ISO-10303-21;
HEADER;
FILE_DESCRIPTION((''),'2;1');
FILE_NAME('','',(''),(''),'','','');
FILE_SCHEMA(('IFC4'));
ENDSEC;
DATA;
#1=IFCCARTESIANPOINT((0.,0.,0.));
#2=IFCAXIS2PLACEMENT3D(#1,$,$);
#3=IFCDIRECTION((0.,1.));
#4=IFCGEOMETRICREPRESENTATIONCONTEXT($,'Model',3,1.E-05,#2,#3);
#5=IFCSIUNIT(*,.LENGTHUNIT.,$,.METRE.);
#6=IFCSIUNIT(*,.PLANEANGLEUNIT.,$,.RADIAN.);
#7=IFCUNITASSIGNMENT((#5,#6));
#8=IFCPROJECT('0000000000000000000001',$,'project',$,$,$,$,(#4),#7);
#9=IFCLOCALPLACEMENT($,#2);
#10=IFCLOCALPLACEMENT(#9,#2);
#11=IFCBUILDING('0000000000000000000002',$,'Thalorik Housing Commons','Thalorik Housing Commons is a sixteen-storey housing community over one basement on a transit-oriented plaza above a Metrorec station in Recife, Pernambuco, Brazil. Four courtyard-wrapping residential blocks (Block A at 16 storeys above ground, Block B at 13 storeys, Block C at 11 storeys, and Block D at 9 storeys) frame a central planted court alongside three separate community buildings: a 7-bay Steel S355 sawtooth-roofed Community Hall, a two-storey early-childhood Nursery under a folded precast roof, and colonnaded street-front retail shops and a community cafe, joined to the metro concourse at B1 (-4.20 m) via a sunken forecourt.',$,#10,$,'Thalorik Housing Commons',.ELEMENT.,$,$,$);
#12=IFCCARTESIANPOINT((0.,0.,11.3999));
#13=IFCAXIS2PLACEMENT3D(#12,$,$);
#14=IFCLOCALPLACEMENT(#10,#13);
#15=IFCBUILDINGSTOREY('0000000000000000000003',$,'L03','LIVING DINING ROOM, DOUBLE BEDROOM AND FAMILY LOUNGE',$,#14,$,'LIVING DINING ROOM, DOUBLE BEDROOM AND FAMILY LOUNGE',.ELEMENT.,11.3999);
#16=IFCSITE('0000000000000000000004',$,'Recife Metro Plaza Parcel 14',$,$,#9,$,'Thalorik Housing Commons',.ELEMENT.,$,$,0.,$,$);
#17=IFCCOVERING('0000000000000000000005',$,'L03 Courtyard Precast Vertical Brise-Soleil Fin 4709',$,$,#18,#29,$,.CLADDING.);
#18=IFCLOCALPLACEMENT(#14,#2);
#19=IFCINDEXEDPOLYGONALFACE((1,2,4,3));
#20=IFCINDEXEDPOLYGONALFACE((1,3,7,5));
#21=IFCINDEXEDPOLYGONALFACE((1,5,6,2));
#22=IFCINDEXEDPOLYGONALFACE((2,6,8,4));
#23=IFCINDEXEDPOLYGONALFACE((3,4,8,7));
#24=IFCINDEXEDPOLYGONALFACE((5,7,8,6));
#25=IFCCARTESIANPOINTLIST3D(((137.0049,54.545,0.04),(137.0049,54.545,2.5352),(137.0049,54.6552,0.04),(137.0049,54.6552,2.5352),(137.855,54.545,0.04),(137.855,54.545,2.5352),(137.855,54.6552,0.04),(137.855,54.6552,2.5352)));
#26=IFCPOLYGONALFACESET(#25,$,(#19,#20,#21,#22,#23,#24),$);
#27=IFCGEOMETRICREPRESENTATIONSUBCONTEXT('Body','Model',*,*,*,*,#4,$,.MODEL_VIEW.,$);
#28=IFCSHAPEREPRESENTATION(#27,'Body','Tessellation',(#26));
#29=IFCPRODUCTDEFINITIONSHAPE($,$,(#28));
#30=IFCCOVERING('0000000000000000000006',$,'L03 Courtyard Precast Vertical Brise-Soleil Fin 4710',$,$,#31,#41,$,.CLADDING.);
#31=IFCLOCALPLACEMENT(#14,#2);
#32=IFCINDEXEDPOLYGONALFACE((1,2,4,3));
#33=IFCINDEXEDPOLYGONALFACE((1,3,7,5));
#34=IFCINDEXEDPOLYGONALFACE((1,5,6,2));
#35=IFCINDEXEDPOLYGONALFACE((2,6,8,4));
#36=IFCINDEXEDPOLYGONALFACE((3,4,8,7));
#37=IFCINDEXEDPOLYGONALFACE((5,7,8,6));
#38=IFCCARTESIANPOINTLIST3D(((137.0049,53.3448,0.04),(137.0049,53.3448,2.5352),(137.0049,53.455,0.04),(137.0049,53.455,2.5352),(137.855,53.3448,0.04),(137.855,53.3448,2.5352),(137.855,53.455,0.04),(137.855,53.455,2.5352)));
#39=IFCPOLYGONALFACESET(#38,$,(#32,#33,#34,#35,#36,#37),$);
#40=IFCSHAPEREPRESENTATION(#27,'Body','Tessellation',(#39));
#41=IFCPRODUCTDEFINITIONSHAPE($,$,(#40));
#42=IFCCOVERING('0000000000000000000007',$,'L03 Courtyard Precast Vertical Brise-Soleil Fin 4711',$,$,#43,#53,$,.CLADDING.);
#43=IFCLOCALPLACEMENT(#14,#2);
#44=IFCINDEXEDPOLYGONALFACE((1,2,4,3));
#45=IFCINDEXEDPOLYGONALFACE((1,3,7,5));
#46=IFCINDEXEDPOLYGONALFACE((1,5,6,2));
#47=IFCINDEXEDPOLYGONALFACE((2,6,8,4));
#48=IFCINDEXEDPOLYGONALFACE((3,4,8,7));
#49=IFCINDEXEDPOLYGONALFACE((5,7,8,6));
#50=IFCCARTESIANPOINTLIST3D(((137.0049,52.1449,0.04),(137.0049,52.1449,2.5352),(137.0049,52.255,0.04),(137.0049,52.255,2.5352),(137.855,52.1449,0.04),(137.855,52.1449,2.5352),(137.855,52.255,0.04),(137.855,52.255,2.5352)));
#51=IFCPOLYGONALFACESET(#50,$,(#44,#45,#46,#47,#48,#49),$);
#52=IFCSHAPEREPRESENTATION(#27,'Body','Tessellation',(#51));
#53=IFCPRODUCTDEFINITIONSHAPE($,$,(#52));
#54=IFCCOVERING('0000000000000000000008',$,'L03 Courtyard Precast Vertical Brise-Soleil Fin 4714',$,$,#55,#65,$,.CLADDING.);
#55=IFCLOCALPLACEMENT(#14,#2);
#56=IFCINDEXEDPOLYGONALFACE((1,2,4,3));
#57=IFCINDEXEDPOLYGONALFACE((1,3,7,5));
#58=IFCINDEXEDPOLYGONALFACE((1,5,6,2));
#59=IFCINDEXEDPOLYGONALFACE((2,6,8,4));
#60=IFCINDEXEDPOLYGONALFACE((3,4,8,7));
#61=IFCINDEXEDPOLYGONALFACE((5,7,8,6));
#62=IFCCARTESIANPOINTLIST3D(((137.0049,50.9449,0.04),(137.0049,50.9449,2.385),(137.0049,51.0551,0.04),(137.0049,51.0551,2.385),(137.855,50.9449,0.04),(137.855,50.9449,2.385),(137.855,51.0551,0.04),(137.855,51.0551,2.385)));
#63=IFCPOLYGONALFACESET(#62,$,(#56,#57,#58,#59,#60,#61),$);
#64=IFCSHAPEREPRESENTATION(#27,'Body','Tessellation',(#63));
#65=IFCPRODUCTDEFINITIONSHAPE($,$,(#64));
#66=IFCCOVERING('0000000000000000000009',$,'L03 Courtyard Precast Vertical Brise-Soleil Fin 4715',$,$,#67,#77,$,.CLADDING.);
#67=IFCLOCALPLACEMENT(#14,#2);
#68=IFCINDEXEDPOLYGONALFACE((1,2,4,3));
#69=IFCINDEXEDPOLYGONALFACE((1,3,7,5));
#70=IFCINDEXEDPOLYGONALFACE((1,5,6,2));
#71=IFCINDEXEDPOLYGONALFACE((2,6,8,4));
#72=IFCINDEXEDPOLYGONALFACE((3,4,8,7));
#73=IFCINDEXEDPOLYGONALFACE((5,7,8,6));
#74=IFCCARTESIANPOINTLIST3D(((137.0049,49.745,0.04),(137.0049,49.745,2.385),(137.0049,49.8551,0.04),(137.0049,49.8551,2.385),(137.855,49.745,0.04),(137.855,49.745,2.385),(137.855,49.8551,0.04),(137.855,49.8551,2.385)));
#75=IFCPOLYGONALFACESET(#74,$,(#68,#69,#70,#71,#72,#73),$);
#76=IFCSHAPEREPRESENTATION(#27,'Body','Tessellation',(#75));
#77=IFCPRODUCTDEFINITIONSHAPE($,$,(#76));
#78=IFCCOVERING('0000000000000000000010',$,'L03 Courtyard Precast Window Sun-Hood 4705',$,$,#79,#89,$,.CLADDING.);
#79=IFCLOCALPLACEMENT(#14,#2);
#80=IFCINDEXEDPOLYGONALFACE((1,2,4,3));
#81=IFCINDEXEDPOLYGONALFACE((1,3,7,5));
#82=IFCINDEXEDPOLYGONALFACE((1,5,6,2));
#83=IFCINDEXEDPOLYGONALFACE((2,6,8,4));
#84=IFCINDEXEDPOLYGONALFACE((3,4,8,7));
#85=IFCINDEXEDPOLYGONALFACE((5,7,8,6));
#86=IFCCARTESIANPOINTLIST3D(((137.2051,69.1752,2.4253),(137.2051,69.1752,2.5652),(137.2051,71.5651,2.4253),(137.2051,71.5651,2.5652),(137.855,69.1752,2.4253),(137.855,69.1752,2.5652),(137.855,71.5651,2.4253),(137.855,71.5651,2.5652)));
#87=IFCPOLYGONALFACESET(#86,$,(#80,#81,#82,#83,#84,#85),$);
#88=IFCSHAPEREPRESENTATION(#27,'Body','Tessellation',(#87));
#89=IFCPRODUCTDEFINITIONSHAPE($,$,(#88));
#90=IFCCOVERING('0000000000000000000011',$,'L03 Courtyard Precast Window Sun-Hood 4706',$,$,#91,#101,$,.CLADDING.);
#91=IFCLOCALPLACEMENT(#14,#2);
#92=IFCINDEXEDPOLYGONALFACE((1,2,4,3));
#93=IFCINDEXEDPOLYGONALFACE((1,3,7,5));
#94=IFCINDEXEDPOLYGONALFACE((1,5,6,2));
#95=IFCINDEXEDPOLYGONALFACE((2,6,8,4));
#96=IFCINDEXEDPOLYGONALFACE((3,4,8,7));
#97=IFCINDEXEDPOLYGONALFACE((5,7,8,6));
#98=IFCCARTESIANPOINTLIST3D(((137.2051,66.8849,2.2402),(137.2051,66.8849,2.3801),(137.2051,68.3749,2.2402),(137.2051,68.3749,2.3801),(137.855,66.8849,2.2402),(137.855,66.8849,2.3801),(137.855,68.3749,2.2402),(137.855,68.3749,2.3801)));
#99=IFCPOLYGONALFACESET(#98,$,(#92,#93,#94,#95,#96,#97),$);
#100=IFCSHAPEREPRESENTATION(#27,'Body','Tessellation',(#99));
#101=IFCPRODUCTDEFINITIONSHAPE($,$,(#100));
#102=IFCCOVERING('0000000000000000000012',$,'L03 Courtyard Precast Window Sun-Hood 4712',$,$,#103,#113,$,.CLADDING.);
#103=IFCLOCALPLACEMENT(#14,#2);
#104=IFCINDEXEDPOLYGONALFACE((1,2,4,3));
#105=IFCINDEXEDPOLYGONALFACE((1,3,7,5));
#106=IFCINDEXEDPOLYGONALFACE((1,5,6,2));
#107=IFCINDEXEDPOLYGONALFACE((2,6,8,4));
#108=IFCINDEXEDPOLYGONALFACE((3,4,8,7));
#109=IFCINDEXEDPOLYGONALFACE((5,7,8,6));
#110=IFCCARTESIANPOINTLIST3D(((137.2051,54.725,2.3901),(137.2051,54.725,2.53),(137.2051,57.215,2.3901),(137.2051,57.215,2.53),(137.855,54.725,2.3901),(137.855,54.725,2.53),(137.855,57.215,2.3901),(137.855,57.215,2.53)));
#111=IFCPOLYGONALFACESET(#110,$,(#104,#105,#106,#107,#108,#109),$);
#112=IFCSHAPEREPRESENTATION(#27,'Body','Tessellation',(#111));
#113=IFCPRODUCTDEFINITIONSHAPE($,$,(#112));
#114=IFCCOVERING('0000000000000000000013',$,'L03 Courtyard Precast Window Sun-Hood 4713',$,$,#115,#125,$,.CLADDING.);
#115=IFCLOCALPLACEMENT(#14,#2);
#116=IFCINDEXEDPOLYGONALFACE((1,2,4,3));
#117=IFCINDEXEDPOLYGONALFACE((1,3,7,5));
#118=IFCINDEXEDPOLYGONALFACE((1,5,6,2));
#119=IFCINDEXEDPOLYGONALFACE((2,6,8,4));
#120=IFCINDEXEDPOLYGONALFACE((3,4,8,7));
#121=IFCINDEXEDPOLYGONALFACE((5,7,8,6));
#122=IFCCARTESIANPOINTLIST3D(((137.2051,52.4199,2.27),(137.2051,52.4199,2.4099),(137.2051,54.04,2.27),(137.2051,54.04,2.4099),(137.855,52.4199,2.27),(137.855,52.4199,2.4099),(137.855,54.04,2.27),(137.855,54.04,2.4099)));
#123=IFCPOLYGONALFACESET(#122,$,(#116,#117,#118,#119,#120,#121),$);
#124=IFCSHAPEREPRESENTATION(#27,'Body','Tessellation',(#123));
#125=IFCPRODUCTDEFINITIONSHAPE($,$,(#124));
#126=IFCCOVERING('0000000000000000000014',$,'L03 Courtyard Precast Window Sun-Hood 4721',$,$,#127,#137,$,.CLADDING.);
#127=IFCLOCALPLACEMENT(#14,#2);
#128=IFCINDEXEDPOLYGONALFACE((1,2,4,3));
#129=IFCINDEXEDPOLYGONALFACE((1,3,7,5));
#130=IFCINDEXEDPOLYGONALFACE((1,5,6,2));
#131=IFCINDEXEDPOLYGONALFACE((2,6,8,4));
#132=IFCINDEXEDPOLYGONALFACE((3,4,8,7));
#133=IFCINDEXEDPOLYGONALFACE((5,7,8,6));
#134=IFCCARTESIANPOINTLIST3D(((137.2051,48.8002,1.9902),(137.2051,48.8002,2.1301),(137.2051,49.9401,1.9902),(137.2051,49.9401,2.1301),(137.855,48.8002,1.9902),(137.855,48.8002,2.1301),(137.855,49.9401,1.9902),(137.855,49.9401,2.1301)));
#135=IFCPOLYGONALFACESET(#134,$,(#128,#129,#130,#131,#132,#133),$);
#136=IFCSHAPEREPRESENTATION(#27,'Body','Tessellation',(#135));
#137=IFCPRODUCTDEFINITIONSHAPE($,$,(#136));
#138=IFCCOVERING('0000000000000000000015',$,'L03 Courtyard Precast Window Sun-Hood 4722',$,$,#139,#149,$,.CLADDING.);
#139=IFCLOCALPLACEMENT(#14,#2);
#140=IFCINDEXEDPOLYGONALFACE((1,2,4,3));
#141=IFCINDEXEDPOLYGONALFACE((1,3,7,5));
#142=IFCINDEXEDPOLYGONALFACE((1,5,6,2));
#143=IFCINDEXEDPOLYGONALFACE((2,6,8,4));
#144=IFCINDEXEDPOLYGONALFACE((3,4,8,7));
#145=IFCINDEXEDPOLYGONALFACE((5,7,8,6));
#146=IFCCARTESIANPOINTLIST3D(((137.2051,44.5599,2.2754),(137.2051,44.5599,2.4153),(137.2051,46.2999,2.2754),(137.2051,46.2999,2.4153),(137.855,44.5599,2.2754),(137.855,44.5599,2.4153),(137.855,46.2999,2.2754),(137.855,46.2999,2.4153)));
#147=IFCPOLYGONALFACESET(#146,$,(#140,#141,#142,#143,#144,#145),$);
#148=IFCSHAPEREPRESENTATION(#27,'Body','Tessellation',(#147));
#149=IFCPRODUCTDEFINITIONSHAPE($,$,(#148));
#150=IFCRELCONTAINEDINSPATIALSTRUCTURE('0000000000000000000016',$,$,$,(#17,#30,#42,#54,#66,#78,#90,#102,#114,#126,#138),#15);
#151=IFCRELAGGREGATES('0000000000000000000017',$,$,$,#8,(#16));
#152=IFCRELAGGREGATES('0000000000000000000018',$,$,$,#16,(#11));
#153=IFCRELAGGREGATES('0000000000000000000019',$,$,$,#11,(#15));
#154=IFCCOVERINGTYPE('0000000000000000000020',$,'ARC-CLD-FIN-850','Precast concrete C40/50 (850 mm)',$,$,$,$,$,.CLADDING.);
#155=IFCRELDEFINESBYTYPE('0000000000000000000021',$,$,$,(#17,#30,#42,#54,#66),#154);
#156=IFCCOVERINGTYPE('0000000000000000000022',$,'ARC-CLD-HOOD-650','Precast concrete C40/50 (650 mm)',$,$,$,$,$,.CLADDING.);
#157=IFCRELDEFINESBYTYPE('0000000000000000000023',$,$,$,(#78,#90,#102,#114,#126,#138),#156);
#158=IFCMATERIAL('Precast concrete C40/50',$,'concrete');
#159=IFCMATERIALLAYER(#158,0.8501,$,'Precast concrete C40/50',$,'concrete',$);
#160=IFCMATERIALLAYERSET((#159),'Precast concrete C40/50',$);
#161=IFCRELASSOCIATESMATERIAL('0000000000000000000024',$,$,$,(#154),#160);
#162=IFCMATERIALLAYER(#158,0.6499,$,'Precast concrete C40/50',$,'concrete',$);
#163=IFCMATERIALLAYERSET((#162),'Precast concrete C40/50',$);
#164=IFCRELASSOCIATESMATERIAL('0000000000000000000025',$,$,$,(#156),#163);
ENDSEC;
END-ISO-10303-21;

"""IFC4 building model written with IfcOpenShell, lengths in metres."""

from ifc_helpers import new_model, si_unit, direction, frame, origin, origin_2d, place, context, subcontext, project, spatial, rectangle, extrude, material, layer, layer_set, type_object, element, save


model = new_model("IFC4")

# Units and contexts
model_context = context("Model", 3, precision=1e-05, world=origin(), true_north=direction((0.0, 1.0)))
body_context = subcontext(model_context, "Body", "Model", "MODEL_VIEW")
ifc_project = project(units=[si_unit("LENGTHUNIT", "METRE"), si_unit("PLANEANGLEUNIT", "RADIAN")], contexts=[model_context])

# Site, building, storey
site_placement = place(None, origin())
site = spatial("IfcSite", under=ifc_project, at=site_placement, Name="Recife Metro Plaza Parcel 14", LongName="Thalorik Housing Commons", CompositionType="ELEMENT", RefElevation=0.0)
building_placement = place(site_placement, origin())
building = spatial("IfcBuilding", under=site, at=building_placement, Name="Thalorik Housing Commons", Description="Thalorik Housing Commons is a sixteen-storey housing community over one basement on a transit-oriented plaza above a Metrorec station in Recife, Pernambuco, Brazil. Four courtyard-wrapping residential blocks (Block A at 16 storeys above ground, Block B at 13 storeys, Block C at 11 storeys, and Block D at 9 storeys) frame a central planted court alongside three separate community buildings: a 7-bay Steel S355 sawtooth-roofed Community Hall, a two-storey early-childhood Nursery under a folded precast roof, and colonnaded street-front retail shops and a community cafe, joined to the metro concourse at B1 (-4.20 m) via a sunken forecourt.", LongName="Thalorik Housing Commons", CompositionType="ELEMENT")
storey_placement = place(building_placement, frame((0.0, 0.0, 11.3999)))
storey = spatial("IfcBuildingStorey", under=building, at=storey_placement, Name="L03", Description="LIVING DINING ROOM, DOUBLE BEDROOM AND FAMILY LOUNGE", LongName="LIVING DINING ROOM, DOUBLE BEDROOM AND FAMILY LOUNGE", CompositionType="ELEMENT", Elevation=11.3999)

# Shared definitions
ifc_material_1 = material(Name="Precast concrete C40/50", Category="concrete")

# Coverings
ifc_layer_1 = layer(ifc_material_1, 0.8501, Name="Precast concrete C40/50", Category="concrete")
ifc_layer_set_1 = layer_set([ifc_layer_1], Name="Precast concrete C40/50")
covering_type_1 = type_object("IfcCoveringType", Name="ARC-CLD-FIN-850", Description="Precast concrete C40/50 (850 mm)", PredefinedType="CLADDING", material=ifc_layer_set_1)
for number, where, z_axis, x_axis, name in (
    (1, (137.4299, 54.6001, 0.04), (0.0, 0.0, 1.0), (0.0, -1.0, 0.0), "L03 Courtyard Precast Vertical Brise-Soleil Fin 4709"),
    (2, (137.4299, 53.3999, 0.04), (0.0, 0.0, 1.0), (0.0, -1.0, 0.0), "L03 Courtyard Precast Vertical Brise-Soleil Fin 4710"),
    (3, (137.4299, 52.2, 0.04), (0.0, 0.0, 1.0), (0.0, -1.0, 0.0), "L03 Courtyard Precast Vertical Brise-Soleil Fin 4711"),
):
    element("IfcCovering", number, at=place(storey_placement, frame(where, z_axis=z_axis, x_axis=x_axis)), inside=storey, type_object=covering_type_1, Name=name, PredefinedType="CLADDING", context=body_context, shape_type="SweptSolid", body=[
        extrude(rectangle(XDim=0.1101, YDim=0.8501, at=origin_2d()), origin(), (0.0, 0.0, 1.0), 2.4951),
    ])
for number, where, z_axis, x_axis, name in (
    (4, (137.4299, 51.0, 0.04), (0.0, 0.0, 1.0), (0.0, -1.0, 0.0), "L03 Courtyard Precast Vertical Brise-Soleil Fin 4714"),
    (5, (137.4299, 49.8, 0.04), (0.0, 0.0, 1.0), (0.0, -1.0, 0.0), "L03 Courtyard Precast Vertical Brise-Soleil Fin 4715"),
):
    element("IfcCovering", number, at=place(storey_placement, frame(where, z_axis=z_axis, x_axis=x_axis)), inside=storey, type_object=covering_type_1, Name=name, PredefinedType="CLADDING", context=body_context, shape_type="SweptSolid", body=[
        extrude(rectangle(XDim=0.1101, YDim=0.8501, at=origin_2d()), origin(), (0.0, 0.0, 1.0), 2.345),
    ])
ifc_layer_2 = layer(ifc_material_1, 0.6499, Name="Precast concrete C40/50", Category="concrete")
ifc_layer_set_2 = layer_set([ifc_layer_2], Name="Precast concrete C40/50")
covering_type_2 = type_object("IfcCoveringType", Name="ARC-CLD-HOOD-650", Description="Precast concrete C40/50 (650 mm)", PredefinedType="CLADDING", material=ifc_layer_set_2)
covering_1_placement = place(storey_placement, frame((137.53, 70.3701, 2.4253), z_axis=(0.0, 0.0, 1.0), x_axis=(0.0, -1.0, 0.0)))
element("IfcCovering", 6, at=covering_1_placement, inside=storey, type_object=covering_type_2, Name="L03 Courtyard Precast Window Sun-Hood 4705", PredefinedType="CLADDING", context=body_context, shape_type="SweptSolid", body=[
    extrude(rectangle(XDim=2.3899, YDim=0.6499, at=origin_2d()), origin(), (0.0, 0.0, 1.0), 0.1399),
])
covering_2_placement = place(storey_placement, frame((137.53, 67.6299, 2.2402), z_axis=(0.0, 0.0, 1.0), x_axis=(0.0, -1.0, 0.0)))
element("IfcCovering", 7, at=covering_2_placement, inside=storey, type_object=covering_type_2, Name="L03 Courtyard Precast Window Sun-Hood 4706", PredefinedType="CLADDING", context=body_context, shape_type="SweptSolid", body=[
    extrude(rectangle(XDim=1.49, YDim=0.6499, at=origin_2d()), origin(), (0.0, 0.0, 1.0), 0.1399),
])
covering_3_placement = place(storey_placement, frame((137.53, 55.97, 2.3901), z_axis=(0.0, 0.0, 1.0), x_axis=(0.0, -1.0, 0.0)))
element("IfcCovering", 8, at=covering_3_placement, inside=storey, type_object=covering_type_2, Name="L03 Courtyard Precast Window Sun-Hood 4712", PredefinedType="CLADDING", context=body_context, shape_type="SweptSolid", body=[
    extrude(rectangle(XDim=2.49, YDim=0.6499, at=origin_2d()), origin(), (0.0, 0.0, 1.0), 0.1399),
])
covering_4_placement = place(storey_placement, frame((137.53, 53.23, 2.27), z_axis=(0.0, 0.0, 1.0), x_axis=(0.0, -1.0, 0.0)))
element("IfcCovering", 9, at=covering_4_placement, inside=storey, type_object=covering_type_2, Name="L03 Courtyard Precast Window Sun-Hood 4713", PredefinedType="CLADDING", context=body_context, shape_type="SweptSolid", body=[
    extrude(rectangle(XDim=1.6201, YDim=0.6499, at=origin_2d()), origin(), (0.0, 0.0, 1.0), 0.1399),
])
covering_5_placement = place(storey_placement, frame((137.53, 49.3701, 1.9902), z_axis=(0.0, 0.0, 1.0), x_axis=(0.0, -1.0, 0.0)))
element("IfcCovering", 10, at=covering_5_placement, inside=storey, type_object=covering_type_2, Name="L03 Courtyard Precast Window Sun-Hood 4721", PredefinedType="CLADDING", context=body_context, shape_type="SweptSolid", body=[
    extrude(rectangle(XDim=1.1399, YDim=0.6499, at=origin_2d()), origin(), (0.0, 0.0, 1.0), 0.1399),
])
covering_6_placement = place(storey_placement, frame((137.53, 45.4299, 2.2754), z_axis=(0.0, 0.0, 1.0), x_axis=(0.0, -1.0, 0.0)))
element("IfcCovering", 11, at=covering_6_placement, inside=storey, type_object=covering_type_2, Name="L03 Courtyard Precast Window Sun-Hood 4722", PredefinedType="CLADDING", context=body_context, shape_type="SweptSolid", body=[
    extrude(rectangle(XDim=1.74, YDim=0.6499, at=origin_2d()), origin(), (0.0, 0.0, 1.0), 0.1399),
])

save(model, "model.ifc")
